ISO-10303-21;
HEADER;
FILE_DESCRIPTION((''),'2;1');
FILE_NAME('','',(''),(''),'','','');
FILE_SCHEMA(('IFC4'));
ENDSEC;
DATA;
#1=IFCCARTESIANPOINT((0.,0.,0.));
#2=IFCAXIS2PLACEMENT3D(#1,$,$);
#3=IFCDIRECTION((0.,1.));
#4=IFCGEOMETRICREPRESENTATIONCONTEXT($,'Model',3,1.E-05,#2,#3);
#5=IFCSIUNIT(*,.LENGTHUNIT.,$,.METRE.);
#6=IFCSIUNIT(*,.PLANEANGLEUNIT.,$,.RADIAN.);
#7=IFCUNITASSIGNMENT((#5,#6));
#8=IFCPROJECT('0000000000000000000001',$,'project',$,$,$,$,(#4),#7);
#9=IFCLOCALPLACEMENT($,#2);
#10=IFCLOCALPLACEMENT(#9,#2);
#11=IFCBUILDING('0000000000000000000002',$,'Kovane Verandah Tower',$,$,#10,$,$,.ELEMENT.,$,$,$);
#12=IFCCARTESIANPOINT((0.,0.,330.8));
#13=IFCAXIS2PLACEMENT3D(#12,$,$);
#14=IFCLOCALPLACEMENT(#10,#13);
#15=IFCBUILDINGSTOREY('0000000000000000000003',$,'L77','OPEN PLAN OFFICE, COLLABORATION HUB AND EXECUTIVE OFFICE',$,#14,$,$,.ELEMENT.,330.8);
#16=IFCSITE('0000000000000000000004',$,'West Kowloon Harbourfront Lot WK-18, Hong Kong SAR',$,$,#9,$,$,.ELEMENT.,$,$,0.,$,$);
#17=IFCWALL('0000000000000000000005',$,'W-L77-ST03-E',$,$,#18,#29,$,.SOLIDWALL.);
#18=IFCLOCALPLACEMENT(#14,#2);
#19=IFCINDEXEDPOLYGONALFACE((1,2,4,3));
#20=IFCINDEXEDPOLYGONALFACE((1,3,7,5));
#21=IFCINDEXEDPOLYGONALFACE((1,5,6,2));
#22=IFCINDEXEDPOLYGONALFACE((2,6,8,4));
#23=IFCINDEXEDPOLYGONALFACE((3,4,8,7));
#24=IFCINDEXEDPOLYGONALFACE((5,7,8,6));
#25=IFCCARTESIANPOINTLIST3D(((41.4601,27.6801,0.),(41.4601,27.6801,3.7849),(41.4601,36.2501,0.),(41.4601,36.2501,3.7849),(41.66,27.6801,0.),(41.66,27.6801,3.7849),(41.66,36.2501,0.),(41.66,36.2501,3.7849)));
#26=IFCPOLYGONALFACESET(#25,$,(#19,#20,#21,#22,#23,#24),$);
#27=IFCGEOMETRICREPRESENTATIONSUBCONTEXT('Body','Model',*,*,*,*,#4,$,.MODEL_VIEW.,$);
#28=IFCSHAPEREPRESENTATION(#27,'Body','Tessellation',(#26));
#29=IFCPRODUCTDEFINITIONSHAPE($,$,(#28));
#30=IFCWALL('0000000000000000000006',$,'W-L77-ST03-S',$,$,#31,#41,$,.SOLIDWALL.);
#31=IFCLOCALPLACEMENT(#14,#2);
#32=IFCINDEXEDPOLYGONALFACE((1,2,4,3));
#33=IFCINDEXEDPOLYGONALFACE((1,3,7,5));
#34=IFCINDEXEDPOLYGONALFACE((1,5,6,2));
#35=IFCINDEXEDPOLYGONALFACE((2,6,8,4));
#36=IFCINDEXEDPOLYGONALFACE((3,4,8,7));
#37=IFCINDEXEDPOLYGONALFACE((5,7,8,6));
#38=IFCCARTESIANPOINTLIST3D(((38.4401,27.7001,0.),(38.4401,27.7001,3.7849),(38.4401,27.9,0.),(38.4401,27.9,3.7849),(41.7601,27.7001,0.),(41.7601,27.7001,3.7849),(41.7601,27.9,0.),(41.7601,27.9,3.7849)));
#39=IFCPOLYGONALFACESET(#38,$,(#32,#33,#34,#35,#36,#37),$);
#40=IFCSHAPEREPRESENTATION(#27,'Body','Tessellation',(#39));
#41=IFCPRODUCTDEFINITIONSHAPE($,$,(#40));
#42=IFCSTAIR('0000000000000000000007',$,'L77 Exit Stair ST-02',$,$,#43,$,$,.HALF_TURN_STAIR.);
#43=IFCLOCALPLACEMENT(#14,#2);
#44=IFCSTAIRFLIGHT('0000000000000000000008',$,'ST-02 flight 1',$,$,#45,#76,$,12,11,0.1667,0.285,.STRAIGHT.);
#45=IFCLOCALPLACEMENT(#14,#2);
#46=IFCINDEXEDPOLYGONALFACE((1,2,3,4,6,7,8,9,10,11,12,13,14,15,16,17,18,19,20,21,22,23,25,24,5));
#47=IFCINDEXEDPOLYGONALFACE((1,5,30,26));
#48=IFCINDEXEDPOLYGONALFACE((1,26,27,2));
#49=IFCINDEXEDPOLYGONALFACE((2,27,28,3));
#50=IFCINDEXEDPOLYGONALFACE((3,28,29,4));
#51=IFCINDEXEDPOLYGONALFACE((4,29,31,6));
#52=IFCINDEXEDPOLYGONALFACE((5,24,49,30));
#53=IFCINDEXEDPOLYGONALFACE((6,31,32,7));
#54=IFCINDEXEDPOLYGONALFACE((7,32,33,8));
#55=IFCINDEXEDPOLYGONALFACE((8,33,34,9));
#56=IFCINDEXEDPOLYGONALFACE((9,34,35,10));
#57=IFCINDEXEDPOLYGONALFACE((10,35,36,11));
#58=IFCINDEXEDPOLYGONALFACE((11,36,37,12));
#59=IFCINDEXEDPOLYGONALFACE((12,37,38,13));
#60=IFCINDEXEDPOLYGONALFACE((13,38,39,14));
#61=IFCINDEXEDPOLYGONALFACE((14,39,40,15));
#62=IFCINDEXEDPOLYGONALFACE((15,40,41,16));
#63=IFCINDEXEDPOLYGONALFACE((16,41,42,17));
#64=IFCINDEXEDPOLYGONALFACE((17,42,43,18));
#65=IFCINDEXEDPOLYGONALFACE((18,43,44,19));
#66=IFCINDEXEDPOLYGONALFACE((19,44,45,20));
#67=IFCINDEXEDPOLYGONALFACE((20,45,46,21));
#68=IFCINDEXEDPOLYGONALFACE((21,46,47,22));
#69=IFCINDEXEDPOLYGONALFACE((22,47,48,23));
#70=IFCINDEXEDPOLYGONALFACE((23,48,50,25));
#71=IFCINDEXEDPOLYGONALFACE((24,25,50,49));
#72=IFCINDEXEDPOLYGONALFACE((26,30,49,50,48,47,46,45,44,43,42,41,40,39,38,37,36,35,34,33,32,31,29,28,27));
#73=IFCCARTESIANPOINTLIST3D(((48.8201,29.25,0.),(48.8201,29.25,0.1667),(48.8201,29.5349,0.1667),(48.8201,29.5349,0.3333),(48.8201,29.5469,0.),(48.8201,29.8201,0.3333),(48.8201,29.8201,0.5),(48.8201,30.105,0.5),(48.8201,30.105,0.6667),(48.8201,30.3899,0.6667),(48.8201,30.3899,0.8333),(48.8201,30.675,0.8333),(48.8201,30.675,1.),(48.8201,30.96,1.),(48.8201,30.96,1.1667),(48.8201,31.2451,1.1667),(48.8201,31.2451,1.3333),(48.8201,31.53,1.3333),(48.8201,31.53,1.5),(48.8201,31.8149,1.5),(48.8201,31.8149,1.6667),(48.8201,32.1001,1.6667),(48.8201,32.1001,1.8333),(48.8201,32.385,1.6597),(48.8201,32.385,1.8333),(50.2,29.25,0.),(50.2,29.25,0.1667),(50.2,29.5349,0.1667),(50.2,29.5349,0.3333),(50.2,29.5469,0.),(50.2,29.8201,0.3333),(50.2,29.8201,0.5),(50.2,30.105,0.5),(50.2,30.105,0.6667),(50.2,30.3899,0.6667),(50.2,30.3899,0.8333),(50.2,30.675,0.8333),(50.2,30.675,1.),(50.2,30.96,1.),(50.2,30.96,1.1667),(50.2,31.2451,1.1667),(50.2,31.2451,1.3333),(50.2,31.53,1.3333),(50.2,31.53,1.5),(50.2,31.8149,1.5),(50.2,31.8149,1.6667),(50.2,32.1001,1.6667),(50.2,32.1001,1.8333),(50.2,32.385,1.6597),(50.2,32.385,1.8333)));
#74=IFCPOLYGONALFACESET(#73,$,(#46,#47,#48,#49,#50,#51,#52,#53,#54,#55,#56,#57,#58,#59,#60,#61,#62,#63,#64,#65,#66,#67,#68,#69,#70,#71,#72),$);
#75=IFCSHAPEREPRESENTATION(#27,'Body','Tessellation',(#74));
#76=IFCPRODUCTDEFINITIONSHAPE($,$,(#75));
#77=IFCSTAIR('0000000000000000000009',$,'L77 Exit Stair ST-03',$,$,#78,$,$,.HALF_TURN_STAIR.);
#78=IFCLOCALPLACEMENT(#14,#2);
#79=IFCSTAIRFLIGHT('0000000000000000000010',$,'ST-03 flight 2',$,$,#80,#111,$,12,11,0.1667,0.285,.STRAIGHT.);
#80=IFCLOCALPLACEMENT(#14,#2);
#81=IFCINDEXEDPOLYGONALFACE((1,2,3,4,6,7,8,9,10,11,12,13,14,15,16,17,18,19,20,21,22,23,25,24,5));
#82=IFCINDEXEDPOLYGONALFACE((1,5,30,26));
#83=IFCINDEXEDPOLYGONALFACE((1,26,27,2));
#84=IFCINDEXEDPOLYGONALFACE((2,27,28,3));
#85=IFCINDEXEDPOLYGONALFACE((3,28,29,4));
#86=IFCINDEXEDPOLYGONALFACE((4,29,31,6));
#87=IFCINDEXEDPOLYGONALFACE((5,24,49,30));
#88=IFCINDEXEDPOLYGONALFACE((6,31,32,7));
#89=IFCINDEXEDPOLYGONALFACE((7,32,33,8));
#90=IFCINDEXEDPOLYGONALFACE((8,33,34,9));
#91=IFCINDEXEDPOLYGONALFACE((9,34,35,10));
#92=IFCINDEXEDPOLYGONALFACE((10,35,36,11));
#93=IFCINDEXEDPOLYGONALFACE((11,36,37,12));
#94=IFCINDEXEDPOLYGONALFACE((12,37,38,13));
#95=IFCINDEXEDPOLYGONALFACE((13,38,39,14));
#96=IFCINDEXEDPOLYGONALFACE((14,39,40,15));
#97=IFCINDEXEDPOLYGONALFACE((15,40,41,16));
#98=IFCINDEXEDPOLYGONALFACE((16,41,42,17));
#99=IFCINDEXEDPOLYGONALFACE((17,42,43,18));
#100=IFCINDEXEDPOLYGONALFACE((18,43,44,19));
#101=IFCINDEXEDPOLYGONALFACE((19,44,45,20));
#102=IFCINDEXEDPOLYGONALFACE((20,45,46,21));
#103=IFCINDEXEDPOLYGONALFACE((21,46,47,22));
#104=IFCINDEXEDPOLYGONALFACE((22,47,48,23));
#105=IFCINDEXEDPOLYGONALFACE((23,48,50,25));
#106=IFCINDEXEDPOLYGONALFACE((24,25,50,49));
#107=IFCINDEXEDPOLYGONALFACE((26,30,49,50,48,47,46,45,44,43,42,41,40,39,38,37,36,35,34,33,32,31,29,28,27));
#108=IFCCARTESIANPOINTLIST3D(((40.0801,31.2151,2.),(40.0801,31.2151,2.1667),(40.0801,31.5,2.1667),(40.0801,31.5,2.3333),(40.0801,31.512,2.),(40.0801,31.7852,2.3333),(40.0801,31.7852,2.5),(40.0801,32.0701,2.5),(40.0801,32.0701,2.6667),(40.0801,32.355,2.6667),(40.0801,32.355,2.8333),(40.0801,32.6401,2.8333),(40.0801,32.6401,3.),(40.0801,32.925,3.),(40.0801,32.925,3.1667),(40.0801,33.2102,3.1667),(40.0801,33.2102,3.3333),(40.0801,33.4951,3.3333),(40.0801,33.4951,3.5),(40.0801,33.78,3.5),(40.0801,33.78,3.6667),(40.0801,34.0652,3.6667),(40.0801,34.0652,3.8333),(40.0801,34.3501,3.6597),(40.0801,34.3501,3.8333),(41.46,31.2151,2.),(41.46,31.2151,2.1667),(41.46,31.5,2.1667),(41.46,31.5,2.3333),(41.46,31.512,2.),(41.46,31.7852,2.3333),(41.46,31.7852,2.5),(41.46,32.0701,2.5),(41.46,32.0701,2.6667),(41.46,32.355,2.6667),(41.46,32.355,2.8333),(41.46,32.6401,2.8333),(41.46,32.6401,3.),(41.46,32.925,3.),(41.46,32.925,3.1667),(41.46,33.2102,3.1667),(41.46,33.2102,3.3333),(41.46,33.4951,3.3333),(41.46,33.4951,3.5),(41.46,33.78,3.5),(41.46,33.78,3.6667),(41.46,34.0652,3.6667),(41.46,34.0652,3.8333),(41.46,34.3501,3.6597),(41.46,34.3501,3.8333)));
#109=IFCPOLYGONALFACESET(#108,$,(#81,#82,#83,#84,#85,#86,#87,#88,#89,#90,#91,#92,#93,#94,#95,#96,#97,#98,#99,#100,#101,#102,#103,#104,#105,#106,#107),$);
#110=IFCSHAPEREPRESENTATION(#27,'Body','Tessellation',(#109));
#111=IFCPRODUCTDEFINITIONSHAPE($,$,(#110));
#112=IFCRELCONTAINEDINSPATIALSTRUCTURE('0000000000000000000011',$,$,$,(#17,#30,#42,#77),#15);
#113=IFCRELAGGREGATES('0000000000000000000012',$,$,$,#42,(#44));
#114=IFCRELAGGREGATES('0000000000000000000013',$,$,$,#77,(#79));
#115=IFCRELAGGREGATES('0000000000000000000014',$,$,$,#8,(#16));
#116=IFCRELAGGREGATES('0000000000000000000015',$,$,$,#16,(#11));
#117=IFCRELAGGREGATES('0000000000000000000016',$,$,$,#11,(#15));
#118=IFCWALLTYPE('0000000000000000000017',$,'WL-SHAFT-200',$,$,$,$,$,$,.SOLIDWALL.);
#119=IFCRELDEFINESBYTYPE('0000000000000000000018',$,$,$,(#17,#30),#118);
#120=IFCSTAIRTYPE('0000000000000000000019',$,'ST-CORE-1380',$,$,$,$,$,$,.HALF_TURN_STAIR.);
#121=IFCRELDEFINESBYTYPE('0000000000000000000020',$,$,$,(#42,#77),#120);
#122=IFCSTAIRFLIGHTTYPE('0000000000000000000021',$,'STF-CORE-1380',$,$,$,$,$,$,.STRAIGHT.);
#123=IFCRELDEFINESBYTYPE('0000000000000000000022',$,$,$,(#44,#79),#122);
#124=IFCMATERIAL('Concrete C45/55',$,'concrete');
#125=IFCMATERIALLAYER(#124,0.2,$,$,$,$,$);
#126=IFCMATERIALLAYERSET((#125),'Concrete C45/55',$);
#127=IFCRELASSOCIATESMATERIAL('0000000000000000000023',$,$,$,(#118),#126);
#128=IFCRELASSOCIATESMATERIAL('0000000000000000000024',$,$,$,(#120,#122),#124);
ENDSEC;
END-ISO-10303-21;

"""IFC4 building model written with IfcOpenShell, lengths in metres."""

from ifc_helpers import new_model, si_unit, direction, frame, frame_2d, origin, place, context, subcontext, project, spatial, polyline, rectangle, outline, extrude, material, layer, layer_set, type_object, element, aggregate, save


model = new_model("IFC4")

# Units and contexts
model_context = context("Model", 3, precision=1e-05, world=origin(), true_north=direction((0.0, 1.0)))
body_context = subcontext(model_context, "Body", "Model", "MODEL_VIEW")
ifc_project = project(units=[si_unit("LENGTHUNIT", "METRE"), si_unit("PLANEANGLEUNIT", "RADIAN")], contexts=[model_context])

# Site, building, storey
site_placement = place(None, origin())
site = spatial("IfcSite", under=ifc_project, at=site_placement, Name="West Kowloon Harbourfront Lot WK-18, Hong Kong SAR", CompositionType="ELEMENT", RefElevation=0.0)
building_placement = place(site_placement, origin())
building = spatial("IfcBuilding", under=site, at=building_placement, Name="Kovane Verandah Tower", CompositionType="ELEMENT")
storey_placement = place(building_placement, frame((0.0, 0.0, 330.8)))
storey = spatial("IfcBuildingStorey", under=building, at=storey_placement, Name="L77", Description="OPEN PLAN OFFICE, COLLABORATION HUB AND EXECUTIVE OFFICE", CompositionType="ELEMENT", Elevation=330.8)

# Shared definitions
ifc_material_1 = material(Name="Concrete C45/55", Category="concrete")
ifc_layer_1 = layer(ifc_material_1, 0.2)
ifc_layer_set_1 = layer_set([ifc_layer_1], Name="Concrete C45/55")
wall_type_1 = type_object("IfcWallType", Name="WL-SHAFT-200", PredefinedType="SOLIDWALL", material=ifc_layer_set_1)

# Walls
wall_1_placement = place(storey_placement, frame((41.5601, 27.6799, 0.0), z_axis=(0.0, 0.0, 1.0), x_axis=(0.0, 1.0, 0.0)))
element("IfcWall", 1, at=wall_1_placement, inside=storey, type_object=wall_type_1, Name="W-L77-ST03-E", PredefinedType="SOLIDWALL", context=body_context, shape_type="SweptSolid", body=[
    extrude(rectangle(XDim=8.5701, YDim=0.2, at=frame_2d((4.2852, 0.0))), origin(), (0.0, 0.0, 1.0), 3.7849),
])
wall_2_placement = place(storey_placement, frame((38.4399, 27.8, 0.0), z_axis=(0.0, 0.0, 1.0), x_axis=(1.0, 0.0, 0.0)))
element("IfcWall", 2, at=wall_2_placement, inside=storey, type_object=wall_type_1, Name="W-L77-ST03-S", PredefinedType="SOLIDWALL", context=body_context, shape_type="SweptSolid", body=[
    extrude(rectangle(XDim=3.3201, YDim=0.2, at=frame_2d((1.6602, 0.0))), origin(), (0.0, 0.0, 1.0), 3.7849),
])

# Stairs, stair flights
stair_type = type_object("IfcStairType", Name="ST-CORE-1380", PredefinedType="HALF_TURN_STAIR", material=ifc_material_1)
stair_1_placement = place(storey_placement, origin())
stair_1 = element("IfcStair", 3, at=stair_1_placement, inside=storey, type_object=stair_type, Name="L77 Exit Stair ST-02", PredefinedType="HALF_TURN_STAIR")
stair_flight_type = type_object("IfcStairFlightType", Name="STF-CORE-1380", PredefinedType="STRAIGHT", material=ifc_material_1)
stair_flight_1_placement = place(storey_placement, frame((49.51, 29.25, 0.0), z_axis=(0.0, 0.0, 1.0), x_axis=(0.0, 1.0, 0.0)))
stair_flight_1 = element("IfcStairFlight", 4, at=stair_flight_1_placement, type_object=stair_flight_type, Name="ST-02 flight 1", NumberOfRisers=12, NumberOfTreads=11, PredefinedType="STRAIGHT", RiserHeight=0.1667, TreadLength=0.285, context=body_context, shape_type="SweptSolid", body=[
    extrude(outline(polyline([(0.0, 0.0), (0.0, 0.1667), (0.2849, 0.1667), (0.2849, 0.3333), (0.5701, 0.3333), (0.5701, 0.5), (0.855, 0.5), (0.855, 0.6667), (1.1399, 0.6667), (1.1399, 0.8333), (1.425, 0.8333), (1.425, 1.0), (1.71, 1.0), (1.71, 1.1667), (1.9951, 1.1667), (1.9951, 1.3333), (2.28, 1.3333), (2.28, 1.5), (2.5649, 1.5), (2.5649, 1.6667), (2.8501, 1.6667), (2.8501, 1.8333), (3.135, 1.8333), (3.135, 2.0), (3.135, 1.6597), (0.2969, 0.0), (0.0, 0.0)])), frame((0.0, 0.6899, 0.0), z_axis=(0.0, -1.0, 0.0), x_axis=(1.0, 0.0, 0.0)), (0.0, 0.0, 1.0), 1.3799),
])
aggregate(stair_1, [stair_flight_1])
stair_2_placement = place(storey_placement, origin())
stair_2 = element("IfcStair", 5, at=stair_2_placement, inside=storey, type_object=stair_type, Name="L77 Exit Stair ST-03", PredefinedType="HALF_TURN_STAIR")
stair_flight_2_placement = place(storey_placement, frame((40.77, 31.2151, 2.0), z_axis=(0.0, 0.0, 1.0), x_axis=(0.0, 1.0, 0.0)))
stair_flight_2 = element("IfcStairFlight", 6, at=stair_flight_2_placement, type_object=stair_flight_type, Name="ST-03 flight 2", NumberOfRisers=12, NumberOfTreads=11, PredefinedType="STRAIGHT", RiserHeight=0.1667, TreadLength=0.285, context=body_context, shape_type="SweptSolid", body=[
    extrude(outline(polyline([(0.0, 0.0), (0.0, 0.1667), (0.2849, 0.1667), (0.2849, 0.3333), (0.5701, 0.3333), (0.5701, 0.5), (0.855, 0.5), (0.855, 0.6667), (1.1399, 0.6667), (1.1399, 0.8333), (1.425, 0.8333), (1.425, 1.0), (1.71, 1.0), (1.71, 1.1667), (1.9951, 1.1667), (1.9951, 1.3333), (2.28, 1.3333), (2.28, 1.5), (2.5649, 1.5), (2.5649, 1.6667), (2.8501, 1.6667), (2.8501, 1.8333), (3.135, 1.8333), (3.135, 2.0), (3.135, 1.6597), (0.2969, 0.0), (0.0, 0.0)])), frame((0.0, 0.6899, 0.0), z_axis=(0.0, -1.0, 0.0), x_axis=(1.0, 0.0, 0.0)), (0.0, 0.0, 1.0), 1.3799),
])
aggregate(stair_2, [stair_flight_2])

save(model, "model.ifc")
